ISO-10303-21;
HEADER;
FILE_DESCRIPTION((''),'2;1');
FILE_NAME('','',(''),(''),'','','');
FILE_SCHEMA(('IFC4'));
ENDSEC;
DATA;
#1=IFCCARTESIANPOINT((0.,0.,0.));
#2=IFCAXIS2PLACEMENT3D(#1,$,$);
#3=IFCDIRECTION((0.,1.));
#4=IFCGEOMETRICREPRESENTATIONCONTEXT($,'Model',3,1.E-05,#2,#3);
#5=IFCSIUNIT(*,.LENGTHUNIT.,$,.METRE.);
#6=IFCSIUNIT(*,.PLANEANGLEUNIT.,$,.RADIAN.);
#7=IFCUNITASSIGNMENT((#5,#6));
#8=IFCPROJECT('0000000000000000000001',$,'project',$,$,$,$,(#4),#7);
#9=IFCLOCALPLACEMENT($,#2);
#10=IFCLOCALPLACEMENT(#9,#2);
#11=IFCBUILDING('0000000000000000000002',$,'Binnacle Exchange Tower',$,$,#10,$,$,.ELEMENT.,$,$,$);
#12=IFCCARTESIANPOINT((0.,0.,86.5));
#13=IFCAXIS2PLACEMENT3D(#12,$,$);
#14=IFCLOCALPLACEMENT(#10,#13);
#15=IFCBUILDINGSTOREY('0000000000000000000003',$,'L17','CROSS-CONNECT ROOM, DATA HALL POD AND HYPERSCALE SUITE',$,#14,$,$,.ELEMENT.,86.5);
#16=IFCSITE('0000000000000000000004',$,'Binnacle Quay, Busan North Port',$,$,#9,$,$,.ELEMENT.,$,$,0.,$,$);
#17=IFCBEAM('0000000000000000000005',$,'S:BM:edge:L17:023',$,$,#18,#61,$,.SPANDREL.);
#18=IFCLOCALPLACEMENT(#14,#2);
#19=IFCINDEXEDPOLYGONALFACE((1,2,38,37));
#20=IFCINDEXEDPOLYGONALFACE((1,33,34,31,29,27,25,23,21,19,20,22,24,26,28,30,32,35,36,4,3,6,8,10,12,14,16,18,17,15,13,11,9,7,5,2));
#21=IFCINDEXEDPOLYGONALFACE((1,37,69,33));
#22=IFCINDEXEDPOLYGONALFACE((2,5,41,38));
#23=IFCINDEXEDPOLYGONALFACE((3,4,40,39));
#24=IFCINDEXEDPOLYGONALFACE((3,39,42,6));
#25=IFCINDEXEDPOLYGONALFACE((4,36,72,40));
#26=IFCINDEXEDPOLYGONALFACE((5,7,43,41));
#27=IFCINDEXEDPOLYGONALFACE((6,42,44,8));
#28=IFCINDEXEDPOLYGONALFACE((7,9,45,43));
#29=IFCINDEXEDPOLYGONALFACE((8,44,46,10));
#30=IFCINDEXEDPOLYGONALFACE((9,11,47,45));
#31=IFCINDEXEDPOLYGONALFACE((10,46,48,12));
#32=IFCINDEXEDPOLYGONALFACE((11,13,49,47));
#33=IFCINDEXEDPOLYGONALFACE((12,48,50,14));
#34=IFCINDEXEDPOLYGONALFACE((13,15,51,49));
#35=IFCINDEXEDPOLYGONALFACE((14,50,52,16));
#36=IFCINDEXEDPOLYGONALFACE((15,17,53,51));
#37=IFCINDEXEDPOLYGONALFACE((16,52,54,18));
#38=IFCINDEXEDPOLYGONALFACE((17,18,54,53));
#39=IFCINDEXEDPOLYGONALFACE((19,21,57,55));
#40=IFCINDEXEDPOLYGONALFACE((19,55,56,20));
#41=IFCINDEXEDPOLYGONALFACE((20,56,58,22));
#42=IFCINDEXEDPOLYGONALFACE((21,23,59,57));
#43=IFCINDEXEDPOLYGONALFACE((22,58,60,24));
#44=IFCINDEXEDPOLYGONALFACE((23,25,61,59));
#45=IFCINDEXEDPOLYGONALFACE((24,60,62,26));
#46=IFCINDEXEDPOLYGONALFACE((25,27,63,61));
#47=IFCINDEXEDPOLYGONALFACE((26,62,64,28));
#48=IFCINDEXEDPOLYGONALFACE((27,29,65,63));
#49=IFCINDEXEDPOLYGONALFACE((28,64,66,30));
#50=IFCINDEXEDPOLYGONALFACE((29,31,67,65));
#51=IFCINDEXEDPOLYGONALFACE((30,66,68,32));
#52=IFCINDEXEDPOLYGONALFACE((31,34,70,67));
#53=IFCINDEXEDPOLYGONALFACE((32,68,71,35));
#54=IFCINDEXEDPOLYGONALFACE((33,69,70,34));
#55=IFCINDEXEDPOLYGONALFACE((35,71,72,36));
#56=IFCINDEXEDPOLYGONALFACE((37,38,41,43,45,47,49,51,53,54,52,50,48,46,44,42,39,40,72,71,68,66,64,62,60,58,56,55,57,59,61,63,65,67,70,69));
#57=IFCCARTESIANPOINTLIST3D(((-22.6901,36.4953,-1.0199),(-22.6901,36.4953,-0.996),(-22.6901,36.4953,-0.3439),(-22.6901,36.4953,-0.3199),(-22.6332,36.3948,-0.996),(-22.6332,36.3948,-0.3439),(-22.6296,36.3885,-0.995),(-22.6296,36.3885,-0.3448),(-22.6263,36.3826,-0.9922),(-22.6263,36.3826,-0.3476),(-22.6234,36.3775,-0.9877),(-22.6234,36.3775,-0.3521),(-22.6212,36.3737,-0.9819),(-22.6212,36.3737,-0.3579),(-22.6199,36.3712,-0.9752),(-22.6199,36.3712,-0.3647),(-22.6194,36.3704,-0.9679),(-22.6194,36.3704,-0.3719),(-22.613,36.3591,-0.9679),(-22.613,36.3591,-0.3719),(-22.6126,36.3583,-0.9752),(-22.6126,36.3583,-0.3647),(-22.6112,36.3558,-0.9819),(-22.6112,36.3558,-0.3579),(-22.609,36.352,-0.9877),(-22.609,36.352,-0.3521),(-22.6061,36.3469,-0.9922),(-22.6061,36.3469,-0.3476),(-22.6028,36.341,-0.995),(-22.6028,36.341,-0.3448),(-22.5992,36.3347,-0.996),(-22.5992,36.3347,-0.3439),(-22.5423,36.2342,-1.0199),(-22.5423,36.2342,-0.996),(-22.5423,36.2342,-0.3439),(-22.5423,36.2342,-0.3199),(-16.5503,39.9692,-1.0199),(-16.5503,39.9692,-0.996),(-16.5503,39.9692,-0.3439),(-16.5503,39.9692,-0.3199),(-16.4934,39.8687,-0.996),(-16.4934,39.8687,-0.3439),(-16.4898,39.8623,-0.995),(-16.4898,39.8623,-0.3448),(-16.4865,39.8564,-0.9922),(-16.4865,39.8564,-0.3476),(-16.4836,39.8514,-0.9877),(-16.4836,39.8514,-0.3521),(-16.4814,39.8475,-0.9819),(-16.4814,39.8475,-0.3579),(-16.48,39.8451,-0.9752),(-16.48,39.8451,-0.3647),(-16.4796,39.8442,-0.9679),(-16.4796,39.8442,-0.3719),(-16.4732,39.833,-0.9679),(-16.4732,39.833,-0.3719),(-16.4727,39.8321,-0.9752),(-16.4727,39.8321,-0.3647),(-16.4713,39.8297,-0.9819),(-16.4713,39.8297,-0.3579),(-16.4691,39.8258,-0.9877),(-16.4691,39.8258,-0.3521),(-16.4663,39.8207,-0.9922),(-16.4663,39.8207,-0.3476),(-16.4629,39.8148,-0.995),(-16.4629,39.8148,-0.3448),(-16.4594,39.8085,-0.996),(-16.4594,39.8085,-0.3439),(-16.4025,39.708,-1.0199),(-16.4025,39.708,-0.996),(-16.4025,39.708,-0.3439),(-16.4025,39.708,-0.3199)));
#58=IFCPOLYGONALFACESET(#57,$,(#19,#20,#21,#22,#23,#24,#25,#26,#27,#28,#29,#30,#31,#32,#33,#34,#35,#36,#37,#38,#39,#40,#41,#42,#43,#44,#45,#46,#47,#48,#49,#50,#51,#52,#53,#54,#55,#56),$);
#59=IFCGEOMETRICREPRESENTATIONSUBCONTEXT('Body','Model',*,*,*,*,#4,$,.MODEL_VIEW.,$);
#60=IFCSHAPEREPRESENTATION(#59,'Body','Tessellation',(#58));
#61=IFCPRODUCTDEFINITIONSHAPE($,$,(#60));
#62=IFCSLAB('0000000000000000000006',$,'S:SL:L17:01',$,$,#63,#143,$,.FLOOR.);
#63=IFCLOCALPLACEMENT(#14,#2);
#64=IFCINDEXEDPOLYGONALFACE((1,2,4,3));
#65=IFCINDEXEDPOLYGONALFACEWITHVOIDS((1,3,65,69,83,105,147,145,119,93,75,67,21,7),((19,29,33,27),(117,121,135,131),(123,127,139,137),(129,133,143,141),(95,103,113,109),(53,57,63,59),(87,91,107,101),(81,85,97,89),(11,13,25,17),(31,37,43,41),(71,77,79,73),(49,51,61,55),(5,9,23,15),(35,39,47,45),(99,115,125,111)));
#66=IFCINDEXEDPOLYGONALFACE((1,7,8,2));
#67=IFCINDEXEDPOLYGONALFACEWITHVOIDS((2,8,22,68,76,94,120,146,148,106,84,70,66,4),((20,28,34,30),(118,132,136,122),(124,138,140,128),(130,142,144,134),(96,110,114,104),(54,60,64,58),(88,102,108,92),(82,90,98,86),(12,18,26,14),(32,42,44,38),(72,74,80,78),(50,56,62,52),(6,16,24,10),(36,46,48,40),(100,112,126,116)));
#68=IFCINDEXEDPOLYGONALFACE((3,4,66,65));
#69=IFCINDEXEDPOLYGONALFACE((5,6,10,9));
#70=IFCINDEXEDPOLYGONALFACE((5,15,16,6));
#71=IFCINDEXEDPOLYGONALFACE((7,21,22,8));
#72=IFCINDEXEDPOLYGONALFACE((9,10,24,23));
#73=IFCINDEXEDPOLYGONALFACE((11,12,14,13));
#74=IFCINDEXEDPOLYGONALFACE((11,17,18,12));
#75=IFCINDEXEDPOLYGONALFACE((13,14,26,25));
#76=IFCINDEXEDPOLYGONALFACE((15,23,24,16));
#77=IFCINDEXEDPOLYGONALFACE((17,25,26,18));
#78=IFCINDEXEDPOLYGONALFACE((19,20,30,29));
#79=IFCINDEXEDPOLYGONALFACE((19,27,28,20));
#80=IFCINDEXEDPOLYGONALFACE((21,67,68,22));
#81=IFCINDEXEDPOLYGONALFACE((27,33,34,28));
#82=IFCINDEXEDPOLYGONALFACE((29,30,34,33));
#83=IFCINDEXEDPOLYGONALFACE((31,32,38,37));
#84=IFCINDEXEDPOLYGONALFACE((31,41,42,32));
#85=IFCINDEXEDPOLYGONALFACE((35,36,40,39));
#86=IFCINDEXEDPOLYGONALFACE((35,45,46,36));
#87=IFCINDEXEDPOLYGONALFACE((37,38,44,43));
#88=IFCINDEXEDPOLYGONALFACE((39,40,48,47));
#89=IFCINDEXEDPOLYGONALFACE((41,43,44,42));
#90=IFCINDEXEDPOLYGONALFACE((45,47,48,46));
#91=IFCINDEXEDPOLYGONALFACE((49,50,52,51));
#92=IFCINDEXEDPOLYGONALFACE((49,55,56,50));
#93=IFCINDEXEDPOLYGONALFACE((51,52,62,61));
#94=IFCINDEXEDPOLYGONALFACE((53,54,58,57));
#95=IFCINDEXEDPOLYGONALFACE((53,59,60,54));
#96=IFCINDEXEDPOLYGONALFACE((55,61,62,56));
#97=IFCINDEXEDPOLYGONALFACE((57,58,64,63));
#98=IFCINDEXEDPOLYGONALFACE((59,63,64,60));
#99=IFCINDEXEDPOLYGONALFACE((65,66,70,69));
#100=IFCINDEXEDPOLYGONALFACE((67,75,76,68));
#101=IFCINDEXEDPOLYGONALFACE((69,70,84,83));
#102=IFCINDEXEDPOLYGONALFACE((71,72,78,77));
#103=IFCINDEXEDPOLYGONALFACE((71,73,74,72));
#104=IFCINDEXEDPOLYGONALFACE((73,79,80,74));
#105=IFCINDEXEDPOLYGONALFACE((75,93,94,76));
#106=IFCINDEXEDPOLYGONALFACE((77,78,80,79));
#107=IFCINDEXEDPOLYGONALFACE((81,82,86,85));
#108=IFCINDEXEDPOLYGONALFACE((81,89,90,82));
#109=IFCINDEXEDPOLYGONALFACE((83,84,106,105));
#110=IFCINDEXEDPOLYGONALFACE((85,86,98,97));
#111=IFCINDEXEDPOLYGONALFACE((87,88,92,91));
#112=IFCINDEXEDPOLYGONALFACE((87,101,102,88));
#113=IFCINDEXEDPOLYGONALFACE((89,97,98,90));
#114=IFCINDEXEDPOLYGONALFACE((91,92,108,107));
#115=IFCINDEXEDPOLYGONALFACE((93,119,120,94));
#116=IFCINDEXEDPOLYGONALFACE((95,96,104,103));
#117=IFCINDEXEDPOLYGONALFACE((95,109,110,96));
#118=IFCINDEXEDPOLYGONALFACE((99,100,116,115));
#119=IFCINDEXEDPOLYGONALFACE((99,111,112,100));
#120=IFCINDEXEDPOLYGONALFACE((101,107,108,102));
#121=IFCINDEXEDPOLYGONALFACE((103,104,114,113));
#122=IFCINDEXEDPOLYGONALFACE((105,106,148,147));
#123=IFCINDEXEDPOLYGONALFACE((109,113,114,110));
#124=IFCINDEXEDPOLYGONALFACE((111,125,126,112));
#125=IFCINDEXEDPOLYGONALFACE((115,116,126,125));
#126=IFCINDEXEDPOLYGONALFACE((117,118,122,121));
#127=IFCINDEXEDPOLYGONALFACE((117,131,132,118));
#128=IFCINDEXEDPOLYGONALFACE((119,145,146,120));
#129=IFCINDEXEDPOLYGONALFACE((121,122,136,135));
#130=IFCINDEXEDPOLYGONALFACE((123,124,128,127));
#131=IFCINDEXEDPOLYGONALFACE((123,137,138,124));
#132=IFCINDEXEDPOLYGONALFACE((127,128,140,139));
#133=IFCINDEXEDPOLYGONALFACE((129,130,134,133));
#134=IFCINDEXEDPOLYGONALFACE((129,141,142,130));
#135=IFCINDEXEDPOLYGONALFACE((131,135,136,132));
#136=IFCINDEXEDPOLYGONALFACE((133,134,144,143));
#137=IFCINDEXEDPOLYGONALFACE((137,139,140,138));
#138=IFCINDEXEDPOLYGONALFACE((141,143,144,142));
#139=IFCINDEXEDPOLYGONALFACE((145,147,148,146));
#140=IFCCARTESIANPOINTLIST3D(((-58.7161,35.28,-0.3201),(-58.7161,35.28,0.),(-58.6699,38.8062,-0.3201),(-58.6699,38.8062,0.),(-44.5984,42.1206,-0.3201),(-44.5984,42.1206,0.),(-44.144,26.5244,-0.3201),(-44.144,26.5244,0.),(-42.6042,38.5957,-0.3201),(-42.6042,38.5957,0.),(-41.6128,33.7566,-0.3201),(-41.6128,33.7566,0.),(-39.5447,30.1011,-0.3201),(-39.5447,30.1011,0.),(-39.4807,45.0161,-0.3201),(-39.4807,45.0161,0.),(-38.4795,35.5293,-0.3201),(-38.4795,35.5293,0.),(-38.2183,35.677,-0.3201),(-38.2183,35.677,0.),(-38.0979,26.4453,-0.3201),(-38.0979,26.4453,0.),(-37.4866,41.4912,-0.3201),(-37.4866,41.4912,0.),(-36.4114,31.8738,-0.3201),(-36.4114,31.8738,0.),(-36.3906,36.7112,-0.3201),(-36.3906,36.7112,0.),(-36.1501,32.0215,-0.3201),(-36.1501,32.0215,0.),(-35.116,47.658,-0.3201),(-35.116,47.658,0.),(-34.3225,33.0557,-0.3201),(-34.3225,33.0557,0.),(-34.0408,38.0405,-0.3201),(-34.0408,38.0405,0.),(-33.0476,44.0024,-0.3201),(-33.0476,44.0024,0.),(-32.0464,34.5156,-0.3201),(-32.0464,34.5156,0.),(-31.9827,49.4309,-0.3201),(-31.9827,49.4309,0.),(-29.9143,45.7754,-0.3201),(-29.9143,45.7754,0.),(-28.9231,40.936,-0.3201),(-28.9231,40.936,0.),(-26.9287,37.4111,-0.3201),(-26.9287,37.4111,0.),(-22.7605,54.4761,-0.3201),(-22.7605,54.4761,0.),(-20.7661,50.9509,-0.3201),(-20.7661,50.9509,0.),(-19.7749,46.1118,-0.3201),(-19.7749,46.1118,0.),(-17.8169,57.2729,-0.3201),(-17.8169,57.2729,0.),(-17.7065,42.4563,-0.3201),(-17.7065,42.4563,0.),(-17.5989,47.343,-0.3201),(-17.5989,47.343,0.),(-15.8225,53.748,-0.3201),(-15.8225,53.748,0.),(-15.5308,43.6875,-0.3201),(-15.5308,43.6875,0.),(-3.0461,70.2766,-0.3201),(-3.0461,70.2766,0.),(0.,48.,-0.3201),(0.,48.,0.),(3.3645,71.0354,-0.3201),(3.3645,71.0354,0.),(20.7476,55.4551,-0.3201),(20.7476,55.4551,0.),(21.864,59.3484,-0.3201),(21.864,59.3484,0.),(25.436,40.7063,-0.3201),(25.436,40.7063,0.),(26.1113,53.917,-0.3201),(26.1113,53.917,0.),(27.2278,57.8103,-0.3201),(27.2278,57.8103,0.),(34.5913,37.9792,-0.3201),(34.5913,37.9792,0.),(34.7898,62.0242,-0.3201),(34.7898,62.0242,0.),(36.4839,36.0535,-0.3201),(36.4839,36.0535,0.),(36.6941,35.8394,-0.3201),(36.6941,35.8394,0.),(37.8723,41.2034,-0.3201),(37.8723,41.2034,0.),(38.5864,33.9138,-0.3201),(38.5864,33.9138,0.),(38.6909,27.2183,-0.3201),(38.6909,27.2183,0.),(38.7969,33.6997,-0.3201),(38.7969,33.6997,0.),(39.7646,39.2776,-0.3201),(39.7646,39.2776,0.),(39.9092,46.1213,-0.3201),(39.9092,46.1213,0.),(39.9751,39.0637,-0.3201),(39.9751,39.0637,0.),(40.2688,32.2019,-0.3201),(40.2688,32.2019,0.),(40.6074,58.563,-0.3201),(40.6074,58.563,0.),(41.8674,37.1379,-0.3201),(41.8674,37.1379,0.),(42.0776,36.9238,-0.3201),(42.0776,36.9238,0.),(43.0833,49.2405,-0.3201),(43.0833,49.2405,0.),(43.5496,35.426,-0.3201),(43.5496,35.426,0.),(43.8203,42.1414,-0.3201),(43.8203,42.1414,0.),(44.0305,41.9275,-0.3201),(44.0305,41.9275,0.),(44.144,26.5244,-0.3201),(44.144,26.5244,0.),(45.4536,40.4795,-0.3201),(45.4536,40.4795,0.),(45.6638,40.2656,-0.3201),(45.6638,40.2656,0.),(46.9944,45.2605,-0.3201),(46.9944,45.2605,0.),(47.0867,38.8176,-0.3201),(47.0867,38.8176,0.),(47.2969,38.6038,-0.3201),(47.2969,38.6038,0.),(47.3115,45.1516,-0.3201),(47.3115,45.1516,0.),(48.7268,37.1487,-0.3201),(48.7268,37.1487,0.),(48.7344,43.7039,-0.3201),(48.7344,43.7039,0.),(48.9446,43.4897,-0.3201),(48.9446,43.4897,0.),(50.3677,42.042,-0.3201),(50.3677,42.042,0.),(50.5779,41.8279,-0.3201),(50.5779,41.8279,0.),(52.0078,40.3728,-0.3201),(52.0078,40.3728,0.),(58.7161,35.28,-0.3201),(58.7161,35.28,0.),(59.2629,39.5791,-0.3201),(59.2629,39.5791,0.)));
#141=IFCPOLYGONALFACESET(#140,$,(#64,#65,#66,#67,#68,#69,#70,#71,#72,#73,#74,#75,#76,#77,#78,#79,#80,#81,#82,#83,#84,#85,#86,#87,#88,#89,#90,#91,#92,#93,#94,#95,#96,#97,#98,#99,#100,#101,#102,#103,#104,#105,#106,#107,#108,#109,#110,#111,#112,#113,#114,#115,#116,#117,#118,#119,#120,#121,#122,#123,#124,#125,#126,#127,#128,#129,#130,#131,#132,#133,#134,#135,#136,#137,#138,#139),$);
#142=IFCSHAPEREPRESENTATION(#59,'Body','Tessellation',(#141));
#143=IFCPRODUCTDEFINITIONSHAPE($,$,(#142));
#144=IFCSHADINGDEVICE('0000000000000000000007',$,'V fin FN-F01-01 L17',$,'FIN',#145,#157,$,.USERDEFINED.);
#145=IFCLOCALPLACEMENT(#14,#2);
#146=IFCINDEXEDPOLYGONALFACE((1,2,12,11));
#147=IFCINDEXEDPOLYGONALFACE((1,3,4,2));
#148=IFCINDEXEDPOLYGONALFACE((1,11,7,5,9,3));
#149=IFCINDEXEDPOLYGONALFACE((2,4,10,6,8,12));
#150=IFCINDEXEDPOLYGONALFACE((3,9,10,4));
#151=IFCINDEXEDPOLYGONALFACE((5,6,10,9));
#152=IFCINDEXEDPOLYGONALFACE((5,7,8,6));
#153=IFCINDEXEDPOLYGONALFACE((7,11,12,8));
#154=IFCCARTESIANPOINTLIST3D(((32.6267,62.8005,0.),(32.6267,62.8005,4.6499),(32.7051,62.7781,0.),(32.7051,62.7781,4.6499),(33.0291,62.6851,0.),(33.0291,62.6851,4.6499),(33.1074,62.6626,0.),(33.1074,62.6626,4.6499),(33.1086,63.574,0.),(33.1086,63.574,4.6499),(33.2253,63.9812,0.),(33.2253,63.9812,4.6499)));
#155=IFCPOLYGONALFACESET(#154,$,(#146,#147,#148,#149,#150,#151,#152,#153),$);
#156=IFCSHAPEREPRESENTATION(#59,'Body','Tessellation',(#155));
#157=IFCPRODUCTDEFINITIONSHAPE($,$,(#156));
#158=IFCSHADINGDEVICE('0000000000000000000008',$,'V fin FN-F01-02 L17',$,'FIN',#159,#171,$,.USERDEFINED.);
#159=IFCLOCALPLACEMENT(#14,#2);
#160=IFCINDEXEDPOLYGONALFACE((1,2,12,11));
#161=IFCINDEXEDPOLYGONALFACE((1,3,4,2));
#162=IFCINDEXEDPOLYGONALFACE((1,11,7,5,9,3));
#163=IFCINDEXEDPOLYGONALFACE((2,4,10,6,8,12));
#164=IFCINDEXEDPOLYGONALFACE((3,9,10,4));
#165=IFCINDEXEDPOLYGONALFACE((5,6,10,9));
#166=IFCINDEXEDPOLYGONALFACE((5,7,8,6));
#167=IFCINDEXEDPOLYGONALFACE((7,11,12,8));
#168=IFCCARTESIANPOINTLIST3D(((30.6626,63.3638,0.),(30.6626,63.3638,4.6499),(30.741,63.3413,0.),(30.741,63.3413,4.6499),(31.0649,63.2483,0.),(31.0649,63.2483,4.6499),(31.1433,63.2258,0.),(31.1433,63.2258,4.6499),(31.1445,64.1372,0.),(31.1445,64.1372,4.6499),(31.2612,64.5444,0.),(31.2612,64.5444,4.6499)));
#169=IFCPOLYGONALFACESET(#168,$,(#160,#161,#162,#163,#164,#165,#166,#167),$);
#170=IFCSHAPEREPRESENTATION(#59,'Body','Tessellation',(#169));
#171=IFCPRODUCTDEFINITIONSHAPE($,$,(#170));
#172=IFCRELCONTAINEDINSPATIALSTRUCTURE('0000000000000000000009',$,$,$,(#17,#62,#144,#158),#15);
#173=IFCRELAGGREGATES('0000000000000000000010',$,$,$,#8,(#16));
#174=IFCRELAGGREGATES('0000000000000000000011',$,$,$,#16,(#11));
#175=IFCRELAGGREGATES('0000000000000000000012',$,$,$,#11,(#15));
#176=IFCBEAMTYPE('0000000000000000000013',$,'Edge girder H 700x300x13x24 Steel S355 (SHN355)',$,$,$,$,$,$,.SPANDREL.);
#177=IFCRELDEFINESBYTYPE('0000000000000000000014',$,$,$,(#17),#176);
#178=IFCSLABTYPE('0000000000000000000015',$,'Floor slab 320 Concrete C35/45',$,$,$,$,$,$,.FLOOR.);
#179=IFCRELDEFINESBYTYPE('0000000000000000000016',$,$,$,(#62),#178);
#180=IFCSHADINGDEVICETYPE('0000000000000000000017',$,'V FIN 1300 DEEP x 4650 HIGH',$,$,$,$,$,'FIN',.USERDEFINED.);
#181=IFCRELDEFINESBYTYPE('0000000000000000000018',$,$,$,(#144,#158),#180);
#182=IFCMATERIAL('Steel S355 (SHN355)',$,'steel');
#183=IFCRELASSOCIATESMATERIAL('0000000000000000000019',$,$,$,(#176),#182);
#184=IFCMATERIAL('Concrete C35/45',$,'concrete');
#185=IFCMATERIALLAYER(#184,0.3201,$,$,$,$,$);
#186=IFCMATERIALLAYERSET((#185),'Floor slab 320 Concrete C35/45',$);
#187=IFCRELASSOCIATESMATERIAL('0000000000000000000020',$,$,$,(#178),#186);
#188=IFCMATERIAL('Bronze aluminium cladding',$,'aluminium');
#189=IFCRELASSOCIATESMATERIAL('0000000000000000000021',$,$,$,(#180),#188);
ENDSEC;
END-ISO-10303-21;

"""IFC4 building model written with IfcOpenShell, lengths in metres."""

from ifc_helpers import new_model, si_unit, direction, frame, origin, origin_2d, place, context, subcontext, project, spatial, polyline, i_section, outline, extrude, material, layer, layer_set, material_profile, profile_set, type_object, element, save


model = new_model("IFC4")

# Units and contexts
model_context = context("Model", 3, precision=1e-05, world=origin(), true_north=direction((0.0, 1.0)))
body_context = subcontext(model_context, "Body", "Model", "MODEL_VIEW")
ifc_project = project(units=[si_unit("LENGTHUNIT", "METRE"), si_unit("PLANEANGLEUNIT", "RADIAN")], contexts=[model_context])

# Site, building, storey
site_placement = place(None, origin())
site = spatial("IfcSite", under=ifc_project, at=site_placement, Name="Binnacle Quay, Busan North Port", CompositionType="ELEMENT", RefElevation=0.0)
building_placement = place(site_placement, origin())
building = spatial("IfcBuilding", under=site, at=building_placement, Name="Binnacle Exchange Tower", CompositionType="ELEMENT")
storey_placement = place(building_placement, frame((0.0, 0.0, 86.5)))
storey = spatial("IfcBuildingStorey", under=building, at=storey_placement, Name="L17", Description="CROSS-CONNECT ROOM, DATA HALL POD AND HYPERSCALE SUITE", CompositionType="ELEMENT", Elevation=86.5)

# Beam
ifc_material_1 = material(Name="Steel S355 (SHN355)", Category="steel")
ifc_material_profile = material_profile(ifc_material_1, i_section(OverallWidth=0.3, OverallDepth=0.7, WebThickness=0.0129, FlangeThickness=0.0239, FilletRadius=0.0281, at=origin_2d()), Name="H 700x300x13x24")
ifc_profile_set = profile_set([ifc_material_profile], Name="Steel S355 (SHN355)")
beam_type = type_object("IfcBeamType", Name="Edge girder H 700x300x13x24 Steel S355 (SHN355)", PredefinedType="SPANDREL", material=ifc_profile_set)
beam_placement = place(storey_placement, frame((-22.6162, 36.3647, -0.6699), z_axis=(0.87035, 0.492434, 0.0), x_axis=(-0.492434, 0.87035, 0.0)))
element("IfcBeam", 1, at=beam_placement, inside=storey, type_object=beam_type, Name="S:BM:edge:L17:023", PredefinedType="SPANDREL", context=body_context, shape_type="SweptSolid", body=[
    extrude(i_section(OverallWidth=0.3, OverallDepth=0.7, WebThickness=0.0129, FlangeThickness=0.0239, FilletRadius=0.0281, at=origin_2d()), origin(), (0.0, 0.0, 1.0), 7.0544),
])

# Slab
ifc_material_2 = material(Name="Concrete C35/45", Category="concrete")
ifc_layer = layer(ifc_material_2, 0.3201)
ifc_layer_set = layer_set([ifc_layer], Name="Floor slab 320 Concrete C35/45")
slab_type = type_object("IfcSlabType", Name="Floor slab 320 Concrete C35/45", PredefinedType="FLOOR", material=ifc_layer_set)
slab_placement = place(storey_placement, frame((0.0, 0.0, -0.3201)))
element("IfcSlab", 2, at=slab_placement, inside=storey, type_object=slab_type, Name="S:SL:L17:01", PredefinedType="FLOOR", context=body_context, shape_type="SweptSolid", body=[
    extrude(outline(polyline([(59.2629, 39.5791), (58.7161, 35.28), (44.144, 26.5244), (38.6909, 27.2183), (25.436, 40.7063), (0.0, 48.0), (-38.0979, 26.4453), (-44.144, 26.5244), (-58.7161, 35.28), (-58.6699, 38.8062), (-3.0461, 70.2766), (3.3645, 71.0354), (34.7898, 62.0242), (40.6074, 58.563), (59.2629, 39.5791)]), holes=[polyline([(-38.4795, 35.5293), (-41.6128, 33.7566), (-39.5447, 30.1011), (-36.4114, 31.8738), (-38.4795, 35.5293)]), polyline([(-34.3225, 33.0557), (-36.3906, 36.7112), (-38.2183, 35.677), (-36.1501, 32.0215), (-34.3225, 33.0557)]), polyline([(-34.0408, 38.0405), (-32.0464, 34.5156), (-26.9287, 37.4111), (-28.9231, 40.936), (-34.0408, 38.0405)]), polyline([(-37.4866, 41.4912), (-39.4807, 45.0161), (-44.5984, 42.1206), (-42.6042, 38.5957), (-37.4866, 41.4912)]), polyline([(-15.5308, 43.6875), (-17.5989, 47.343), (-19.7749, 46.1118), (-17.7065, 42.4563), (-15.5308, 43.6875)]), polyline([(-29.9143, 45.7754), (-31.9827, 49.4309), (-35.116, 47.658), (-33.0476, 44.0024), (-29.9143, 45.7754)]), polyline([(-15.8225, 53.748), (-17.8169, 57.2729), (-22.7605, 54.4761), (-20.7661, 50.9509), (-15.8225, 53.748)]), polyline([(26.1113, 53.917), (27.2278, 57.8103), (21.864, 59.3484), (20.7476, 55.4551), (26.1113, 53.917)]), polyline([(40.2688, 32.2019), (43.5496, 35.426), (42.0776, 36.9238), (38.7969, 33.6997), (40.2688, 32.2019)]), polyline([(38.5864, 33.9138), (41.8674, 37.1379), (39.9751, 39.0637), (36.6941, 35.8394), (38.5864, 33.9138)]), polyline([(36.4839, 36.0535), (39.7646, 39.2776), (37.8723, 41.2034), (34.5913, 37.9792), (36.4839, 36.0535)]), polyline([(48.7268, 37.1487), (52.0078, 40.3728), (50.5779, 41.8279), (47.2969, 38.6038), (48.7268, 37.1487)]), polyline([(47.0867, 38.8176), (50.3677, 42.042), (48.9446, 43.4897), (45.6638, 40.2656), (47.0867, 38.8176)]), polyline([(45.4536, 40.4795), (48.7344, 43.7039), (47.3115, 45.1516), (44.0305, 41.9275), (45.4536, 40.4795)]), polyline([(43.8203, 42.1414), (46.9944, 45.2605), (43.0833, 49.2405), (39.9092, 46.1213), (43.8203, 42.1414)])]), origin(), (0.0, 0.0, 1.0), 0.3201),
])

# Shading devices
ifc_material_3 = material(Name="Bronze aluminium cladding", Category="aluminium")
shading_device_type = type_object("IfcShadingDeviceType", Name="V FIN 1300 DEEP x 4650 HIGH", ElementType="FIN", PredefinedType="USERDEFINED", material=ifc_material_3)
shading_device_1_placement = place(storey_placement, origin())
element("IfcShadingDevice", 3, at=shading_device_1_placement, inside=storey, type_object=shading_device_type, Name="V fin FN-F01-01 L17", ObjectType="FIN", PredefinedType="USERDEFINED", context=body_context, shape_type="SweptSolid", body=[
    extrude(outline(polyline([(33.1074, 62.6626), (33.2253, 63.9812), (32.6267, 62.8005), (32.7051, 62.7781), (33.1086, 63.574), (33.0291, 62.6851), (33.1074, 62.6626)])), origin(), (0.0, 0.0, 1.0), 4.6499),
])
shading_device_2_placement = place(storey_placement, origin())
element("IfcShadingDevice", 4, at=shading_device_2_placement, inside=storey, type_object=shading_device_type, Name="V fin FN-F01-02 L17", ObjectType="FIN", PredefinedType="USERDEFINED", context=body_context, shape_type="SweptSolid", body=[
    extrude(outline(polyline([(31.1433, 63.2258), (31.2612, 64.5444), (30.6626, 63.3638), (30.741, 63.3413), (31.1445, 64.1372), (31.0649, 63.2483), (31.1433, 63.2258)])), origin(), (0.0, 0.0, 1.0), 4.6499),
])

save(model, "model.ifc")
